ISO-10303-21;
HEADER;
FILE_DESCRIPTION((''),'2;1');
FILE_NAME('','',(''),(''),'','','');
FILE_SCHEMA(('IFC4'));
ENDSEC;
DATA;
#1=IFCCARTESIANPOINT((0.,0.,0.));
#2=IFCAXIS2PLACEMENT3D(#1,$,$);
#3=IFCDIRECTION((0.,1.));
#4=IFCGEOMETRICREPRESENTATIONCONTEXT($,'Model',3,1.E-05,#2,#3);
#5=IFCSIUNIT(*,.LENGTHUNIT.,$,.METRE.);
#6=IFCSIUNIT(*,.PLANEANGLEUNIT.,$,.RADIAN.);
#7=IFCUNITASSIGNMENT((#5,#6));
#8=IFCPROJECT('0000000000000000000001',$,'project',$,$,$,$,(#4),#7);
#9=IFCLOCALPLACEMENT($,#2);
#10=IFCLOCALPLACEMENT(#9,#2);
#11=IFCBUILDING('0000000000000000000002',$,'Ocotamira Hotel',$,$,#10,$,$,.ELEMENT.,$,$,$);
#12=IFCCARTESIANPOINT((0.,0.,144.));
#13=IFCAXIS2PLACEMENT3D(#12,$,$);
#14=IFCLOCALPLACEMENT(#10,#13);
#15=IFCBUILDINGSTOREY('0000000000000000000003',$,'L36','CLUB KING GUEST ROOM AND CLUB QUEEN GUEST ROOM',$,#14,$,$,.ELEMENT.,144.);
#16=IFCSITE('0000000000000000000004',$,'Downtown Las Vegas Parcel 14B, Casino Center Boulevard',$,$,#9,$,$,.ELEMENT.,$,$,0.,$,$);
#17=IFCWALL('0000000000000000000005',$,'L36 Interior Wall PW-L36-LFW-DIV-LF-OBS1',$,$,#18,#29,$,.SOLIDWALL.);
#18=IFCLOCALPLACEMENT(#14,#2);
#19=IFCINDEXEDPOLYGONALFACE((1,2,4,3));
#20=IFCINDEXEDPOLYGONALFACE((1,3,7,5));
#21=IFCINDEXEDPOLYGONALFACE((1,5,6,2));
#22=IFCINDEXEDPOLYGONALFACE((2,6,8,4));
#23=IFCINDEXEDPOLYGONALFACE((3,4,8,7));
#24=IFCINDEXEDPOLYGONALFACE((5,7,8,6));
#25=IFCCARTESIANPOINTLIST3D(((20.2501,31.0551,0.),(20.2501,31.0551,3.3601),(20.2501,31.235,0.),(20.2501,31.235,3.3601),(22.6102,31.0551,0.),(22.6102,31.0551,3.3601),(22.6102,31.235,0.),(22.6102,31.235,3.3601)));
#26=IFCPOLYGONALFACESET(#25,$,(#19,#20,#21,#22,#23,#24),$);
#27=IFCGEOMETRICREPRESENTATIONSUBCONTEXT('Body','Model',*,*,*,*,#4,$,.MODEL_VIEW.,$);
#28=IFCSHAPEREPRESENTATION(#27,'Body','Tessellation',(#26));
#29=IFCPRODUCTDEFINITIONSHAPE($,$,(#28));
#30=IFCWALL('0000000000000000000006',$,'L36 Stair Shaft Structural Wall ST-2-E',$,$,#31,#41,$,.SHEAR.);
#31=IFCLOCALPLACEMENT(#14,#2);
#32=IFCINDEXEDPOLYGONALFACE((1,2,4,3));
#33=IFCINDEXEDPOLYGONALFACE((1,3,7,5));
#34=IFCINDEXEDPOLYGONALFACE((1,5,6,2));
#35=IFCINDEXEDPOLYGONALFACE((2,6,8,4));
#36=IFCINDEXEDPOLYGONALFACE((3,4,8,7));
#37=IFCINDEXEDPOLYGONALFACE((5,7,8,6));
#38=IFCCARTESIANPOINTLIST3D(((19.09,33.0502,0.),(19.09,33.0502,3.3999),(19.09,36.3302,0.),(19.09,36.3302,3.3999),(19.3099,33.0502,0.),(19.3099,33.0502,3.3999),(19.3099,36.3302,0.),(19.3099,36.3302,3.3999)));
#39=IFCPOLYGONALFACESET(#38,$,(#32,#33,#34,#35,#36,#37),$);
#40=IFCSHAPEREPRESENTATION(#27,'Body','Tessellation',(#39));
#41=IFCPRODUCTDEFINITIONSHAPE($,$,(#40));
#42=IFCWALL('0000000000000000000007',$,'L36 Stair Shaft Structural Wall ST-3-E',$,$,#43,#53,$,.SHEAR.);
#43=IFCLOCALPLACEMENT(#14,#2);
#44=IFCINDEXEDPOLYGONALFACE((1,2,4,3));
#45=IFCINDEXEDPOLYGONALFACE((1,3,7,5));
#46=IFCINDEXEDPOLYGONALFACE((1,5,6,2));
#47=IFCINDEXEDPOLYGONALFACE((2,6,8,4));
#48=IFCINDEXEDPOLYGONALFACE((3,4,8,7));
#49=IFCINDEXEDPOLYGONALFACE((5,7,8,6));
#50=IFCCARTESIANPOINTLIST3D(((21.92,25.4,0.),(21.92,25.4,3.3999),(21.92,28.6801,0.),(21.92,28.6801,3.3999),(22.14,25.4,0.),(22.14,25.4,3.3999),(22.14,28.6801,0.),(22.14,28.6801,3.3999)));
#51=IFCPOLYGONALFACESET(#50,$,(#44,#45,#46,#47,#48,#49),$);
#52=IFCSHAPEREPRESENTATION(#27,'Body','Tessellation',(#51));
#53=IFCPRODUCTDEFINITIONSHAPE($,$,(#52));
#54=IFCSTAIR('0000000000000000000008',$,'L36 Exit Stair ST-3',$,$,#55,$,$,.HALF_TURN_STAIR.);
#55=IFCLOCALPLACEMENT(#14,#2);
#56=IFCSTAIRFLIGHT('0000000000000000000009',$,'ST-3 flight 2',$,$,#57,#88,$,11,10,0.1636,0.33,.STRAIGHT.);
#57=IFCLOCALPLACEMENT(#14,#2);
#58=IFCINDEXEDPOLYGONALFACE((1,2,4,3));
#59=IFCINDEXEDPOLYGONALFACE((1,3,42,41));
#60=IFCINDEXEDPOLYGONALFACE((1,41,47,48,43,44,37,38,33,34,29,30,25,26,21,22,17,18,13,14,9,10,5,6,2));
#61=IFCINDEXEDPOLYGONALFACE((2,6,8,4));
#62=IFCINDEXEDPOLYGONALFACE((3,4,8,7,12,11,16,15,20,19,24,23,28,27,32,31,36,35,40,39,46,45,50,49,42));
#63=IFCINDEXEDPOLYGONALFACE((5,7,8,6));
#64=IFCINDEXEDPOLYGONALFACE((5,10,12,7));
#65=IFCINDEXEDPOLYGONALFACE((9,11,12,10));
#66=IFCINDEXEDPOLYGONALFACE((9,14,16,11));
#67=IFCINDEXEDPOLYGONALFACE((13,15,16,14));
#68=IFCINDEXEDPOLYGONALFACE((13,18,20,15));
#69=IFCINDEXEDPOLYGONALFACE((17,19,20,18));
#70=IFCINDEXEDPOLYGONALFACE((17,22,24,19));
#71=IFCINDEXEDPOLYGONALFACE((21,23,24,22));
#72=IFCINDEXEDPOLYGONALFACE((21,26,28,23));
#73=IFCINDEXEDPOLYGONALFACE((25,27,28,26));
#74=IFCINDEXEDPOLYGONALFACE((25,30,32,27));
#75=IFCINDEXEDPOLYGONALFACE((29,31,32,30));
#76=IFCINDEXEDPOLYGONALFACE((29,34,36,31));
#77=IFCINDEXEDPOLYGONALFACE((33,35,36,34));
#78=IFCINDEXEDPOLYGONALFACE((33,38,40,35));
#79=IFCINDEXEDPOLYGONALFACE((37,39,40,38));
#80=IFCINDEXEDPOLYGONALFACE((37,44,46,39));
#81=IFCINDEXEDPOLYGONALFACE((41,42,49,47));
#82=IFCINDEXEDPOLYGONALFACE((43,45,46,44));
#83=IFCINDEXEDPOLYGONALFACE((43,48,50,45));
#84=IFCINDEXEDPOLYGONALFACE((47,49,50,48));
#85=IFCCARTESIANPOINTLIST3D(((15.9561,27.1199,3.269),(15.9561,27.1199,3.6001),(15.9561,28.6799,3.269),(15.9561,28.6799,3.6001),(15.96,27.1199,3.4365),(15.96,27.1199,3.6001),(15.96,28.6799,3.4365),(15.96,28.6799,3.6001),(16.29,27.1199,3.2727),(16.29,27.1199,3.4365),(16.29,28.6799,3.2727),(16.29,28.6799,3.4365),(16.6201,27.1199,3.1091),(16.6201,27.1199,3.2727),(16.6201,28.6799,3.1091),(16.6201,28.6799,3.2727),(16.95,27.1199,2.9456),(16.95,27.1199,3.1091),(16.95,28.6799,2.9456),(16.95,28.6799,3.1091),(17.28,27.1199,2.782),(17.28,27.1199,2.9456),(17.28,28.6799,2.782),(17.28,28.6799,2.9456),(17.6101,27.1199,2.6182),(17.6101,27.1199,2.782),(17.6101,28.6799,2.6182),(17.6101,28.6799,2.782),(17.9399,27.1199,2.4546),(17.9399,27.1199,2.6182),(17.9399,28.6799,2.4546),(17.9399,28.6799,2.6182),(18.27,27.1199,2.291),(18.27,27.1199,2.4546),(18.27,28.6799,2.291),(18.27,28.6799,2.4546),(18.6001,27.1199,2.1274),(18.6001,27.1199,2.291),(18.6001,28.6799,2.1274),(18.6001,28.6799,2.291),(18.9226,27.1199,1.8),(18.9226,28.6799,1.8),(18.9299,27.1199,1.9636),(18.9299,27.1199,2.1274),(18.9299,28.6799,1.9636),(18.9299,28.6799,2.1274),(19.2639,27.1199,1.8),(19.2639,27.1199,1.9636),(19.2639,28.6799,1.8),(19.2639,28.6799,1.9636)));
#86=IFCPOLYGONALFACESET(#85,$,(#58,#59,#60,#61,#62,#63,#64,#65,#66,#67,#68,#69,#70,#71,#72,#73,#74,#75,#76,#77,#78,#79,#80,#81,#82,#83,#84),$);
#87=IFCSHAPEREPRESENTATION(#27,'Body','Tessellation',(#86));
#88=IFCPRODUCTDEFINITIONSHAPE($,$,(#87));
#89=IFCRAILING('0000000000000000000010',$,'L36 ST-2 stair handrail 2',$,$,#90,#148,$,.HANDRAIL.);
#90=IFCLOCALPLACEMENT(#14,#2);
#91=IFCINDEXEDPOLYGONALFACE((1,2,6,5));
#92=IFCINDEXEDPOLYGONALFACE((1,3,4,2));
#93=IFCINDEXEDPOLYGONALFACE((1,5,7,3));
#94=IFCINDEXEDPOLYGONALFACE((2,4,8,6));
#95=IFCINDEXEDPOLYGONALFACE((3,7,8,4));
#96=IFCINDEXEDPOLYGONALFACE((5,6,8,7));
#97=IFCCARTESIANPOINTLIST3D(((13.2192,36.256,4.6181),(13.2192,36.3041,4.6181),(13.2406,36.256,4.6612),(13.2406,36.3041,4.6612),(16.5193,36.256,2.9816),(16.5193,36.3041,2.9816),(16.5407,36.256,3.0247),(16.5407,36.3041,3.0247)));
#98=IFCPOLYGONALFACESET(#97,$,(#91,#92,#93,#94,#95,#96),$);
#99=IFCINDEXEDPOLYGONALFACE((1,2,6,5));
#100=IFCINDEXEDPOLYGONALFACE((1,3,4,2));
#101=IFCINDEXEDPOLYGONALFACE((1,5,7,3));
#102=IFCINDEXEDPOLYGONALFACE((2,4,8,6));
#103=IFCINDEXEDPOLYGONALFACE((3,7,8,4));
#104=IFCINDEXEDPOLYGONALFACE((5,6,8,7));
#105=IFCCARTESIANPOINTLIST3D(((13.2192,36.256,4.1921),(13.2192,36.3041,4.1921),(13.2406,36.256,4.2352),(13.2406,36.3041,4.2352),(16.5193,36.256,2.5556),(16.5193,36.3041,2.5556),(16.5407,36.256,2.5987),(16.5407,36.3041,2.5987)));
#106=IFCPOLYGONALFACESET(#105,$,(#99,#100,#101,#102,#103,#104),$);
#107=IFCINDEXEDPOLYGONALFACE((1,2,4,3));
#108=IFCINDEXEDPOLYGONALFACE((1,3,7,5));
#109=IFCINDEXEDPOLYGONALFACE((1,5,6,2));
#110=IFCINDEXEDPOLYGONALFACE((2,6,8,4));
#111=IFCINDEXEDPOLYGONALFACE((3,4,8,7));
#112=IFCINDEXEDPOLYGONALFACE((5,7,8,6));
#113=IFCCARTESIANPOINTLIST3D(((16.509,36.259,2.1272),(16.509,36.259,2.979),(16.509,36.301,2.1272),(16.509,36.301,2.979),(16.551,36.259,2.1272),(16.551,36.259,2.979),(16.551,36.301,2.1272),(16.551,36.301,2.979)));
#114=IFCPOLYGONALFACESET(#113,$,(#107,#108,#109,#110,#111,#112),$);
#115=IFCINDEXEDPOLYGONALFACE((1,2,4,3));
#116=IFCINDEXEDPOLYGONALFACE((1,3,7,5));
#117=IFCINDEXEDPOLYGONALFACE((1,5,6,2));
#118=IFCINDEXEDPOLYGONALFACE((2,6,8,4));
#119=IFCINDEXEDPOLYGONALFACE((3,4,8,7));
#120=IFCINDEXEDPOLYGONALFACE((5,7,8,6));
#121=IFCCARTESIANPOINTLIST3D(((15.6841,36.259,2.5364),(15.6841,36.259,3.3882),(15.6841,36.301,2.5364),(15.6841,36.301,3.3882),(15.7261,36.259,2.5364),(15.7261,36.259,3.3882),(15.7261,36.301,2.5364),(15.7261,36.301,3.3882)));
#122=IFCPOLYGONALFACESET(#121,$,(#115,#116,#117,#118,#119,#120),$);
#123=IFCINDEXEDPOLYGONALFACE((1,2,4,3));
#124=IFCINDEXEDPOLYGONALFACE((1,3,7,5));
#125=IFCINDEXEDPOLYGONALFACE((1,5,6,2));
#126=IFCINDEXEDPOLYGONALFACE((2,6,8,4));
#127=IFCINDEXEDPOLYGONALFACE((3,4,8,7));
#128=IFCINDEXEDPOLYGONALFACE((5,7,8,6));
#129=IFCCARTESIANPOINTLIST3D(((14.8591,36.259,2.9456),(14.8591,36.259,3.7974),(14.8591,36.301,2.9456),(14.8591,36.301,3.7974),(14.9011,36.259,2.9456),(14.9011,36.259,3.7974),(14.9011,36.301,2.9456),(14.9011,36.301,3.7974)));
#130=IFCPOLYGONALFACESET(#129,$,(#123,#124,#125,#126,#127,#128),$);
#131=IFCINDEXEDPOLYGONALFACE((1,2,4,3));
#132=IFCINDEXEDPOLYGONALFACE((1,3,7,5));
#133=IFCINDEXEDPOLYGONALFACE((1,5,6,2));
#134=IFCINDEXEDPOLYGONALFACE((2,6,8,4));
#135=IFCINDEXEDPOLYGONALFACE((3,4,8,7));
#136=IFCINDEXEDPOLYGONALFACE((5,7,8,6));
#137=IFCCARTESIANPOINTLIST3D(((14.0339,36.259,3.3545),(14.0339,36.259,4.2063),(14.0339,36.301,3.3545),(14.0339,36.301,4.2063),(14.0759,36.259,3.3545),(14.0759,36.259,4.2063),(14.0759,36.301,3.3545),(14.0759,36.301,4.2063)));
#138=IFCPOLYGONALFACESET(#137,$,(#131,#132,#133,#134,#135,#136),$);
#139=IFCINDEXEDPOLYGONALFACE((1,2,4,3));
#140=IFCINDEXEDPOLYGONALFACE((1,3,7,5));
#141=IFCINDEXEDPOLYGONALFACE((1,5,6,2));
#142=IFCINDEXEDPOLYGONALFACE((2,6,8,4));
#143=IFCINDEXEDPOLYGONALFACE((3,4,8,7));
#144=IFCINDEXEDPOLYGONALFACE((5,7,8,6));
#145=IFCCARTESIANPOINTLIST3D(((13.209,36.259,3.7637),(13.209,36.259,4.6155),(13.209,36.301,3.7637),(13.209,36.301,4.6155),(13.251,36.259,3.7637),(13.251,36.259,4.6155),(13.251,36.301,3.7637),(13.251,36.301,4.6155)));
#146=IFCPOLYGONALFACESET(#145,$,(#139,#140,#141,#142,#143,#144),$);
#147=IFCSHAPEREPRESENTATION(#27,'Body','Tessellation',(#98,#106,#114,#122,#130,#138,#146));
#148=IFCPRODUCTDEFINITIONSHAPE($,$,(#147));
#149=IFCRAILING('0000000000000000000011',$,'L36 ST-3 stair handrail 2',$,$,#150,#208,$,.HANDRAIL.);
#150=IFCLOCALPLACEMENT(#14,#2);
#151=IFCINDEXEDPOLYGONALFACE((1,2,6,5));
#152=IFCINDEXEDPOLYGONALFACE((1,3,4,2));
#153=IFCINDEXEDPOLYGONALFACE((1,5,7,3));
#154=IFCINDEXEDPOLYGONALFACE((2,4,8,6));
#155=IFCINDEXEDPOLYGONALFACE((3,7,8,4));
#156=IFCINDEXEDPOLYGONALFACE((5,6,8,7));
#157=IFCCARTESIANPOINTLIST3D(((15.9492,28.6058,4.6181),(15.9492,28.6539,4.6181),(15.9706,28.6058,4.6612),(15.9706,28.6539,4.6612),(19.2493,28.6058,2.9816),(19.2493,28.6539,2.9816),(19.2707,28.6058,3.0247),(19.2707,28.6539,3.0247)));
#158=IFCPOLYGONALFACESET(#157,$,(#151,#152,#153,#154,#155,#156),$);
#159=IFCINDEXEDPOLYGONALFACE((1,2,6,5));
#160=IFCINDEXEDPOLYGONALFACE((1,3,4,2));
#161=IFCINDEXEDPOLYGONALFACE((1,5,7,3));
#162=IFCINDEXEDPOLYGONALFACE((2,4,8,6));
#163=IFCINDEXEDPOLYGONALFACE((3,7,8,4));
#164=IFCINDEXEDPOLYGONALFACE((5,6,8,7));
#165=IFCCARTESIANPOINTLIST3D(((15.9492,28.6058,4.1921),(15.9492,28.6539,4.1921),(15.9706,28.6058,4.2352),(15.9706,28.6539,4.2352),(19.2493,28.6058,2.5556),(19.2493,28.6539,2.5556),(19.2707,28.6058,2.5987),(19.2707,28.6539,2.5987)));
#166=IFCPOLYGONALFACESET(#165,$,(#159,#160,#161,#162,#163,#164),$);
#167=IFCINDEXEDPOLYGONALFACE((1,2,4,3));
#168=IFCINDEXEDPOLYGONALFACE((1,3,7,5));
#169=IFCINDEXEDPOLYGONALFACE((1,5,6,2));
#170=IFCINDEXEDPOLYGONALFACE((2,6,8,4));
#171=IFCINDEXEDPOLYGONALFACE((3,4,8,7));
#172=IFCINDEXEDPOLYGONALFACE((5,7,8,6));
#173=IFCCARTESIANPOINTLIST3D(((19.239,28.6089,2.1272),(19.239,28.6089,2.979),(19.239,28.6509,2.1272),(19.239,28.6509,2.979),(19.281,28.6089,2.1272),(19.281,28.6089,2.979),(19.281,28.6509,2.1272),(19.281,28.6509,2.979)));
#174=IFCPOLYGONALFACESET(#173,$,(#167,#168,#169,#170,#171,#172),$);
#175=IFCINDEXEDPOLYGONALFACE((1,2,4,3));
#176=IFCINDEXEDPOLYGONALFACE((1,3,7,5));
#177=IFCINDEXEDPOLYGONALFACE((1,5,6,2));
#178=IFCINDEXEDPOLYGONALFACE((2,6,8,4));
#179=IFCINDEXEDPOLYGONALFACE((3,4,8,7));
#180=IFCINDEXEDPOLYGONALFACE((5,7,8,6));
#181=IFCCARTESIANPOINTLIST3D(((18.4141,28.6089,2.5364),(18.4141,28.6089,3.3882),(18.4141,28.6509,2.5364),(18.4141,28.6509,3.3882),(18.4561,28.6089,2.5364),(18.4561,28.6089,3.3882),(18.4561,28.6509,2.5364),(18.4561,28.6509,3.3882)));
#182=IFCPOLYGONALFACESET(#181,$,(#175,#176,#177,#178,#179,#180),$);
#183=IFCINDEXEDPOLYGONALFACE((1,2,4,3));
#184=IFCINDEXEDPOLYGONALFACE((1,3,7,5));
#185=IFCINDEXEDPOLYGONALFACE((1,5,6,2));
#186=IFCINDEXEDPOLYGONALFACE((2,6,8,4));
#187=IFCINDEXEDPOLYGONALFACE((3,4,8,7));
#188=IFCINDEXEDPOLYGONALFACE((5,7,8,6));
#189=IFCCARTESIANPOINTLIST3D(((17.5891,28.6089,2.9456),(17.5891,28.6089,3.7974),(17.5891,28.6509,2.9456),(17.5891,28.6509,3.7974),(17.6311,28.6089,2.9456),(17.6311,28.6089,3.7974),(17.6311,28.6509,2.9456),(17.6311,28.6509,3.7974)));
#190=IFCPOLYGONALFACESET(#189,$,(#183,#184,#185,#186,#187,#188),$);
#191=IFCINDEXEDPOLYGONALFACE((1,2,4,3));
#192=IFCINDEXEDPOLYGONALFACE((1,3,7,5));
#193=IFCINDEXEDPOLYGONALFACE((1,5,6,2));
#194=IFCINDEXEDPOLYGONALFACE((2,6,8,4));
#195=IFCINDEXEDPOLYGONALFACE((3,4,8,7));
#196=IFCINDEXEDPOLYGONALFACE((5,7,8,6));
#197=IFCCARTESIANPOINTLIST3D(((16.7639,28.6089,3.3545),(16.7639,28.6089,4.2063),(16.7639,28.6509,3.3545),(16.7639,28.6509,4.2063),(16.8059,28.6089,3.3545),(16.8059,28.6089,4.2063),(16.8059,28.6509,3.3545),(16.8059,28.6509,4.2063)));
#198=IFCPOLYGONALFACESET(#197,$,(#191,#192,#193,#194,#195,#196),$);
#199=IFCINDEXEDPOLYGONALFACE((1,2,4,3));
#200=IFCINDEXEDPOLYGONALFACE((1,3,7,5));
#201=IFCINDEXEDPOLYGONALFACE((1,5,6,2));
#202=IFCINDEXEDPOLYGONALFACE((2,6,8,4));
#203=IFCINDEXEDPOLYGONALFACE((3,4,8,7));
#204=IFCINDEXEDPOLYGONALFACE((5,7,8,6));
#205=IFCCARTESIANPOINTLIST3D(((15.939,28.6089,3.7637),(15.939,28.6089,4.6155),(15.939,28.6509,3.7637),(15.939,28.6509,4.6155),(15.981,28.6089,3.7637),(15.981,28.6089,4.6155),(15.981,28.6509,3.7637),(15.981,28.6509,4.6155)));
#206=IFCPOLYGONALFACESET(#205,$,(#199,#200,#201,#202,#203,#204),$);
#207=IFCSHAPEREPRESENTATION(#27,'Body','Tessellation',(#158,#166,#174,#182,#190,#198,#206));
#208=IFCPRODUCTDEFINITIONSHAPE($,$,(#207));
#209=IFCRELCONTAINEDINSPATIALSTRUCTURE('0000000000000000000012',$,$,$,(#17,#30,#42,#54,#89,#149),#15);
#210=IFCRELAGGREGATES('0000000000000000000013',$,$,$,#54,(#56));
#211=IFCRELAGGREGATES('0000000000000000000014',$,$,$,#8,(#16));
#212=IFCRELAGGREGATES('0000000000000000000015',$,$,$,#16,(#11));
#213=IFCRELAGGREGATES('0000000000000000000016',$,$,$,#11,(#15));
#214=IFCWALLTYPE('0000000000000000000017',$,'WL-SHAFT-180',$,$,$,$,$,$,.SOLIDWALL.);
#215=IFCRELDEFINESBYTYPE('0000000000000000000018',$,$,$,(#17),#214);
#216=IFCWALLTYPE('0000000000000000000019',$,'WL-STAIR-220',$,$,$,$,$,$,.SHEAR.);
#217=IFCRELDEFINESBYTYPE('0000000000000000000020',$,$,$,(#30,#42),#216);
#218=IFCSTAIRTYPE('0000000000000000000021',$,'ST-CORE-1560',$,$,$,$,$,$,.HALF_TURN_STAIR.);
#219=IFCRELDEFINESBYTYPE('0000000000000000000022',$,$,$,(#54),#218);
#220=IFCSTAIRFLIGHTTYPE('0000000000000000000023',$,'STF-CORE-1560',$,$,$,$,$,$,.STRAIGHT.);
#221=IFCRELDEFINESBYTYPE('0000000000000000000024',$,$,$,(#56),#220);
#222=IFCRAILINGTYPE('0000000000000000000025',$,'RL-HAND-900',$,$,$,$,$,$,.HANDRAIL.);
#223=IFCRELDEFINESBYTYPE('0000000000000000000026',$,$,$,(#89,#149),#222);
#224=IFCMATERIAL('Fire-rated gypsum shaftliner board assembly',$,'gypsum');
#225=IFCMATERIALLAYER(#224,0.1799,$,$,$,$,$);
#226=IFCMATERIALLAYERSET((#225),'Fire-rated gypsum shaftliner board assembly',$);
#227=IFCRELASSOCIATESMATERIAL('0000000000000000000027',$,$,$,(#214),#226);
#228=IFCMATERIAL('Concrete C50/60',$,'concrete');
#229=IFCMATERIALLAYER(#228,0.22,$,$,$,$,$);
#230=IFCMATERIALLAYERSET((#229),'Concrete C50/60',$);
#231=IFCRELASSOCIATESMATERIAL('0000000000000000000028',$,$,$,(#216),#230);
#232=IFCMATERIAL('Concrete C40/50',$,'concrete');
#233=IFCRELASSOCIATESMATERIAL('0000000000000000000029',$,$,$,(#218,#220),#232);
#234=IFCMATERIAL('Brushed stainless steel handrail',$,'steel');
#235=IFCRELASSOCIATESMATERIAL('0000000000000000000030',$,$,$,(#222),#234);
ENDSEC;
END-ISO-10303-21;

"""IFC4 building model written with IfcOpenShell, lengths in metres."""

from ifc_helpers import new_model, si_unit, direction, frame, frame_2d, origin, origin_2d, place, context, subcontext, project, spatial, polyline, rectangle, outline, extrude, source, transform, mapped, material, layer, layer_set, type_object, element, aggregate, save


model = new_model("IFC4")

# Units and contexts
model_context = context("Model", 3, precision=1e-05, world=origin(), true_north=direction((0.0, 1.0)))
body_context = subcontext(model_context, "Body", "Model", "MODEL_VIEW")
ifc_project = project(units=[si_unit("LENGTHUNIT", "METRE"), si_unit("PLANEANGLEUNIT", "RADIAN")], contexts=[model_context])

# Site, building, storey
site_placement = place(None, origin())
site = spatial("IfcSite", under=ifc_project, at=site_placement, Name="Downtown Las Vegas Parcel 14B, Casino Center Boulevard", CompositionType="ELEMENT", RefElevation=0.0)
building_placement = place(site_placement, origin())
building = spatial("IfcBuilding", under=site, at=building_placement, Name="Ocotamira Hotel", CompositionType="ELEMENT")
storey_placement = place(building_placement, frame((0.0, 0.0, 144.0)))
storey = spatial("IfcBuildingStorey", under=building, at=storey_placement, Name="L36", Description="CLUB KING GUEST ROOM AND CLUB QUEEN GUEST ROOM", CompositionType="ELEMENT", Elevation=144.0)

# Walls
ifc_material_1 = material(Name="Fire-rated gypsum shaftliner board assembly", Category="gypsum")
ifc_layer_1 = layer(ifc_material_1, 0.1799)
ifc_layer_set_1 = layer_set([ifc_layer_1], Name="Fire-rated gypsum shaftliner board assembly")
wall_type_1 = type_object("IfcWallType", Name="WL-SHAFT-180", PredefinedType="SOLIDWALL", material=ifc_layer_set_1)
wall_1_placement = place(storey_placement, frame((20.25, 31.145, 0.0), z_axis=(0.0, 0.0, 1.0), x_axis=(1.0, 0.0, 0.0)))
element("IfcWall", 1, at=wall_1_placement, inside=storey, type_object=wall_type_1, Name="L36 Interior Wall PW-L36-LFW-DIV-LF-OBS1", PredefinedType="SOLIDWALL", context=body_context, shape_type="SweptSolid", body=[
    extrude(rectangle(XDim=2.3601, YDim=0.1799, at=frame_2d((1.1802, 0.0))), origin(), (0.0, 0.0, 1.0), 3.3601),
])
ifc_material_2 = material(Name="Concrete C50/60", Category="concrete")
ifc_layer_2 = layer(ifc_material_2, 0.22)
ifc_layer_set_2 = layer_set([ifc_layer_2], Name="Concrete C50/60")
wall_type_2 = type_object("IfcWallType", Name="WL-STAIR-220", PredefinedType="SHEAR", material=ifc_layer_set_2)
for number, where, z_axis, x_axis, name in (
    (2, (19.2, 33.05, 0.0), (0.0, 0.0, 1.0), (0.0, 1.0, 0.0), "L36 Stair Shaft Structural Wall ST-2-E"),
    (3, (22.03, 25.3999, 0.0), (0.0, 0.0, 1.0), (0.0, 1.0, 0.0), "L36 Stair Shaft Structural Wall ST-3-E"),
):
    element("IfcWall", number, at=place(storey_placement, frame(where, z_axis=z_axis, x_axis=x_axis)), inside=storey, type_object=wall_type_2, Name=name, PredefinedType="SHEAR", context=body_context, shape_type="SweptSolid", body=[
        extrude(rectangle(XDim=3.28, YDim=0.22, at=frame_2d((1.6401, 0.0))), origin(), (0.0, 0.0, 1.0), 3.3999),
    ])

# Stair, stair flight
ifc_material_3 = material(Name="Concrete C40/50", Category="concrete")
stair_type = type_object("IfcStairType", Name="ST-CORE-1560", PredefinedType="HALF_TURN_STAIR", material=ifc_material_3)
stair_placement = place(storey_placement, origin())
stair = element("IfcStair", 4, at=stair_placement, inside=storey, type_object=stair_type, Name="L36 Exit Stair ST-3", PredefinedType="HALF_TURN_STAIR")
stair_flight_type = type_object("IfcStairFlightType", Name="STF-CORE-1560", PredefinedType="STRAIGHT", material=ifc_material_3)
shared_shape_1 = source(origin(), body_context, "Body", "SweptSolid", [
    extrude(outline(polyline([(-0.0039, 0.0), (-0.0039, 0.1636), (0.3301, 0.1636), (0.3301, 0.3274), (0.6599, 0.3274), (0.6599, 0.491), (0.99, 0.491), (0.99, 0.6545), (1.3201, 0.6545), (1.3201, 0.8181), (1.6499, 0.8181), (1.6499, 0.9819), (1.98, 0.9819), (1.98, 1.1455), (2.3101, 1.1455), (2.3101, 1.3091), (2.6399, 1.3091), (2.6399, 1.4727), (2.97, 1.4727), (2.97, 1.6365), (3.3, 1.6365), (3.3, 1.8), (3.304, 1.8), (3.304, 1.469), (0.3374, 0.0), (-0.0039, 0.0)])), frame((0.0, 0.78, 0.0), z_axis=(0.0, -1.0, 0.0), x_axis=(1.0, 0.0, 0.0)), (0.0, 0.0, 1.0), 1.5601),
])
stair_flight_placement = place(storey_placement, frame((19.26, 27.8999, 1.8), z_axis=(0.0, 0.0, 1.0), x_axis=(-1.0, 0.0, 0.0)))
stair_flight = element("IfcStairFlight", 5, at=stair_flight_placement, type_object=stair_flight_type, Name="ST-3 flight 2", NumberOfRisers=11, NumberOfTreads=10, PredefinedType="STRAIGHT", RiserHeight=0.1636, TreadLength=0.33, context=body_context, shape_type="MappedRepresentation", body=[
    mapped(shared_shape_1, transform((0.0, 0.0, 0.0), scale=1.0)),
])
aggregate(stair, [stair_flight])

# Railings
ifc_material_4 = material(Name="Brushed stainless steel handrail", Category="steel")
railing_type_1 = type_object("IfcRailingType", Name="RL-HAND-900", PredefinedType="HANDRAIL", material=ifc_material_4)
for number, where, name in (
    (6, (16.53, 36.28, 2.1272), "L36 ST-2 stair handrail 2"),
    (7, (19.26, 28.6299, 2.1272), "L36 ST-3 stair handrail 2"),
):
    element("IfcRailing", number, at=place(storey_placement, frame(where)), inside=storey, type_object=railing_type_1, Name=name, PredefinedType="HANDRAIL", context=body_context, shape_type="SweptSolid", body=[
        extrude(rectangle(XDim=0.0481, YDim=0.0481, at=origin_2d()), frame((0.0, 0.0, 0.876), z_axis=(-0.895894, 0.0, 0.444268), x_axis=(0.0, -1.0, 0.0)), (0.0, 0.0, 1.0), 3.6836),
        extrude(rectangle(XDim=0.0481, YDim=0.0481, at=origin_2d()), frame((0.0, 0.0, 0.45), z_axis=(-0.895894, 0.0, 0.444268), x_axis=(0.0, -1.0, 0.0)), (0.0, 0.0, 1.0), 3.6836),
        extrude(rectangle(XDim=0.042, YDim=0.042, at=origin_2d()), origin(), (0.0, 0.0, 1.0), 0.8518),
        extrude(rectangle(XDim=0.042, YDim=0.042, at=origin_2d()), frame((-0.825, 0.0, 0.4092)), (0.0, 0.0, 1.0), 0.8518),
        extrude(rectangle(XDim=0.042, YDim=0.042, at=origin_2d()), frame((-1.6499, 0.0, 0.8184)), (0.0, 0.0, 1.0), 0.8518),
        extrude(rectangle(XDim=0.042, YDim=0.042, at=origin_2d()), frame((-2.4751, 0.0, 1.2273)), (0.0, 0.0, 1.0), 0.8518),
        extrude(rectangle(XDim=0.042, YDim=0.042, at=origin_2d()), frame((-3.3, 0.0, 1.6365)), (0.0, 0.0, 1.0), 0.8518),
    ])

save(model, "model.ifc")
